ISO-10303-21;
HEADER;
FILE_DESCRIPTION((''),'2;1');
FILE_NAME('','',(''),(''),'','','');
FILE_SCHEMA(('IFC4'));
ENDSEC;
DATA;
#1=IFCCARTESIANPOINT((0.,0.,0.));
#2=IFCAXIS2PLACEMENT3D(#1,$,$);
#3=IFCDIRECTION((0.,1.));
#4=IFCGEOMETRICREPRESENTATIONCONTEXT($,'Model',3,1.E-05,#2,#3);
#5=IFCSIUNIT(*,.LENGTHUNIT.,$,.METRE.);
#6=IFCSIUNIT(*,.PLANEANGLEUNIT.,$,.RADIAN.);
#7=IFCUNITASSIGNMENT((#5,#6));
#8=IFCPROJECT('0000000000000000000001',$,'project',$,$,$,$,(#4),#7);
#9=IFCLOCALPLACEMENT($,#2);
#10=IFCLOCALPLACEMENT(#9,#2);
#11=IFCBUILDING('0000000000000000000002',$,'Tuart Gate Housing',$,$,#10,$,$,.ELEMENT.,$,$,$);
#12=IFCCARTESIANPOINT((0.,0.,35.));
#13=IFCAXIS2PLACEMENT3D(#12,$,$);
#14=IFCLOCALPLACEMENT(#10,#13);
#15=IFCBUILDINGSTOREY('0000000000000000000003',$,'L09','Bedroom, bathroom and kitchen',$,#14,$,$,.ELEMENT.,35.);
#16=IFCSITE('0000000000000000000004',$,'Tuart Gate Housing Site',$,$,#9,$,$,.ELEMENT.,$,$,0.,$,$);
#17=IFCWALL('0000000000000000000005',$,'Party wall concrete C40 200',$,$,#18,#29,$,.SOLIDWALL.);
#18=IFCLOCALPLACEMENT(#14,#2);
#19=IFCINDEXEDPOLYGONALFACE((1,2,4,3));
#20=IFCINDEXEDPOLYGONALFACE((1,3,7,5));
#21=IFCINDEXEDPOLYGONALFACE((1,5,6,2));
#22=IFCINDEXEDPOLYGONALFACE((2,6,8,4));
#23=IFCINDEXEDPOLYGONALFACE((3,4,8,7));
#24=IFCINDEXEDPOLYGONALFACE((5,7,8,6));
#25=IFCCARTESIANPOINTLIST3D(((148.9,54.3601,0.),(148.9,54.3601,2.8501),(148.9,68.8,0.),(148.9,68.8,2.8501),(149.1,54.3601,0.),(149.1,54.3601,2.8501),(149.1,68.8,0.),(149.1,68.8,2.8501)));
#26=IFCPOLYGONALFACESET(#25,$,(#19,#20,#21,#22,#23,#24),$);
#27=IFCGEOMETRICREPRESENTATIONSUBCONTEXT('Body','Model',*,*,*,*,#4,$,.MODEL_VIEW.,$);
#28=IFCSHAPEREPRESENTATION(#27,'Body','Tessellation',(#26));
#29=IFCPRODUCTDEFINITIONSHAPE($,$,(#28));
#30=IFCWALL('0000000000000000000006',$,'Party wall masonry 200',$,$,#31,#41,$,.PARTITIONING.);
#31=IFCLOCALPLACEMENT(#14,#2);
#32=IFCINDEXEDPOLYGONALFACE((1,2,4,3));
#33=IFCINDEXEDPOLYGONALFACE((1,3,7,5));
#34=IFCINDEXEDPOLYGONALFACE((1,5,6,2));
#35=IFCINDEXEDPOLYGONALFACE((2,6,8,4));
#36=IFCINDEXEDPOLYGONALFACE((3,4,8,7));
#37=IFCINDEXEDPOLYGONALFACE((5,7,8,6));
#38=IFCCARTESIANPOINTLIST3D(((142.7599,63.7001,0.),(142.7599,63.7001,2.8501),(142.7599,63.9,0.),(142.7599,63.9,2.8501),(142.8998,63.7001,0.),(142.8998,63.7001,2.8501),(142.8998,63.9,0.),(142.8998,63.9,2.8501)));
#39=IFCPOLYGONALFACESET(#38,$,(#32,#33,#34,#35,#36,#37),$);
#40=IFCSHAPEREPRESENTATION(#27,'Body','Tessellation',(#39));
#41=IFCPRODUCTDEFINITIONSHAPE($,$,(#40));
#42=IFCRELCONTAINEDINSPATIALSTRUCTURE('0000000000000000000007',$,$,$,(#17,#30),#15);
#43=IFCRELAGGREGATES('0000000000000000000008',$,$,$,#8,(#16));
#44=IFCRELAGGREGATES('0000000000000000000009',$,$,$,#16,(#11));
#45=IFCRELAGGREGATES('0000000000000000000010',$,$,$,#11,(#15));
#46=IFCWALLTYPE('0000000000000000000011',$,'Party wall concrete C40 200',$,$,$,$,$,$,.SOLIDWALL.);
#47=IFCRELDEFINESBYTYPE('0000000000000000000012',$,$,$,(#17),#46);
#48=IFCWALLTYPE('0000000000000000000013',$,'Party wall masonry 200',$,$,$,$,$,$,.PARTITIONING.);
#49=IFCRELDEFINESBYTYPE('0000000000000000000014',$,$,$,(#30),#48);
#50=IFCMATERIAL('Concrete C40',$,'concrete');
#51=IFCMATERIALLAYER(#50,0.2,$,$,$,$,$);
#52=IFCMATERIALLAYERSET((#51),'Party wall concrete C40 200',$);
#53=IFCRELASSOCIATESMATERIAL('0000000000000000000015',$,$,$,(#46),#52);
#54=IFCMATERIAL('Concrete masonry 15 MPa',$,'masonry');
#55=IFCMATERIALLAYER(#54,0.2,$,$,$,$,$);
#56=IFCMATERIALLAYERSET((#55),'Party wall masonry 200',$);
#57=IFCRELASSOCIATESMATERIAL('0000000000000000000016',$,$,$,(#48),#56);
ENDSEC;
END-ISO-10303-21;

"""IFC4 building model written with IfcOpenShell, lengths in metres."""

from ifc_helpers import new_model, si_unit, direction, frame, frame_2d, origin, place, context, subcontext, project, spatial, rectangle, extrude, material, layer, layer_set, type_object, element, save


model = new_model("IFC4")

# Units and contexts
model_context = context("Model", 3, precision=1e-05, world=origin(), true_north=direction((0.0, 1.0)))
body_context = subcontext(model_context, "Body", "Model", "MODEL_VIEW")
ifc_project = project(units=[si_unit("LENGTHUNIT", "METRE"), si_unit("PLANEANGLEUNIT", "RADIAN")], contexts=[model_context])

# Site, building, storey
site_placement = place(None, origin())
site = spatial("IfcSite", under=ifc_project, at=site_placement, Name="Tuart Gate Housing Site", CompositionType="ELEMENT", RefElevation=0.0)
building_placement = place(site_placement, origin())
building = spatial("IfcBuilding", under=site, at=building_placement, Name="Tuart Gate Housing", CompositionType="ELEMENT")
storey_placement = place(building_placement, frame((0.0, 0.0, 35.0)))
storey = spatial("IfcBuildingStorey", under=building, at=storey_placement, Name="L09", Description="Bedroom, bathroom and kitchen", CompositionType="ELEMENT", Elevation=35.0)

# Walls
ifc_material_1 = material(Name="Concrete C40", Category="concrete")
ifc_layer_1 = layer(ifc_material_1, 0.2)
ifc_layer_set_1 = layer_set([ifc_layer_1], Name="Party wall concrete C40 200")
wall_type_1 = type_object("IfcWallType", Name="Party wall concrete C40 200", PredefinedType="SOLIDWALL", material=ifc_layer_set_1)
wall_1_placement = place(storey_placement, frame((149.0, 54.3601, 0.0), z_axis=(0.0, 0.0, 1.0), x_axis=(0.0, 1.0, 0.0)))
element("IfcWall", 1, at=wall_1_placement, inside=storey, type_object=wall_type_1, Name="Party wall concrete C40 200", PredefinedType="SOLIDWALL", context=body_context, shape_type="SweptSolid", body=[
    extrude(rectangle(XDim=14.4399, YDim=0.2, at=frame_2d((7.22, 0.0))), origin(), (0.0, 0.0, 1.0), 2.8501),
])
ifc_material_2 = material(Name="Concrete masonry 15 MPa", Category="masonry")
ifc_layer_2 = layer(ifc_material_2, 0.2)
ifc_layer_set_2 = layer_set([ifc_layer_2], Name="Party wall masonry 200")
wall_type_2 = type_object("IfcWallType", Name="Party wall masonry 200", PredefinedType="PARTITIONING", material=ifc_layer_set_2)
wall_2_placement = place(storey_placement, frame((142.76, 63.8, 0.0), z_axis=(0.0, 0.0, 1.0), x_axis=(1.0, 0.0, 0.0)))
element("IfcWall", 2, at=wall_2_placement, inside=storey, type_object=wall_type_2, Name="Party wall masonry 200", PredefinedType="PARTITIONING", context=body_context, shape_type="SweptSolid", body=[
    extrude(rectangle(XDim=0.1399, YDim=0.2, at=frame_2d((0.0698, 0.0))), origin(), (0.0, 0.0, 1.0), 2.8501),
])

save(model, "model.ifc")
